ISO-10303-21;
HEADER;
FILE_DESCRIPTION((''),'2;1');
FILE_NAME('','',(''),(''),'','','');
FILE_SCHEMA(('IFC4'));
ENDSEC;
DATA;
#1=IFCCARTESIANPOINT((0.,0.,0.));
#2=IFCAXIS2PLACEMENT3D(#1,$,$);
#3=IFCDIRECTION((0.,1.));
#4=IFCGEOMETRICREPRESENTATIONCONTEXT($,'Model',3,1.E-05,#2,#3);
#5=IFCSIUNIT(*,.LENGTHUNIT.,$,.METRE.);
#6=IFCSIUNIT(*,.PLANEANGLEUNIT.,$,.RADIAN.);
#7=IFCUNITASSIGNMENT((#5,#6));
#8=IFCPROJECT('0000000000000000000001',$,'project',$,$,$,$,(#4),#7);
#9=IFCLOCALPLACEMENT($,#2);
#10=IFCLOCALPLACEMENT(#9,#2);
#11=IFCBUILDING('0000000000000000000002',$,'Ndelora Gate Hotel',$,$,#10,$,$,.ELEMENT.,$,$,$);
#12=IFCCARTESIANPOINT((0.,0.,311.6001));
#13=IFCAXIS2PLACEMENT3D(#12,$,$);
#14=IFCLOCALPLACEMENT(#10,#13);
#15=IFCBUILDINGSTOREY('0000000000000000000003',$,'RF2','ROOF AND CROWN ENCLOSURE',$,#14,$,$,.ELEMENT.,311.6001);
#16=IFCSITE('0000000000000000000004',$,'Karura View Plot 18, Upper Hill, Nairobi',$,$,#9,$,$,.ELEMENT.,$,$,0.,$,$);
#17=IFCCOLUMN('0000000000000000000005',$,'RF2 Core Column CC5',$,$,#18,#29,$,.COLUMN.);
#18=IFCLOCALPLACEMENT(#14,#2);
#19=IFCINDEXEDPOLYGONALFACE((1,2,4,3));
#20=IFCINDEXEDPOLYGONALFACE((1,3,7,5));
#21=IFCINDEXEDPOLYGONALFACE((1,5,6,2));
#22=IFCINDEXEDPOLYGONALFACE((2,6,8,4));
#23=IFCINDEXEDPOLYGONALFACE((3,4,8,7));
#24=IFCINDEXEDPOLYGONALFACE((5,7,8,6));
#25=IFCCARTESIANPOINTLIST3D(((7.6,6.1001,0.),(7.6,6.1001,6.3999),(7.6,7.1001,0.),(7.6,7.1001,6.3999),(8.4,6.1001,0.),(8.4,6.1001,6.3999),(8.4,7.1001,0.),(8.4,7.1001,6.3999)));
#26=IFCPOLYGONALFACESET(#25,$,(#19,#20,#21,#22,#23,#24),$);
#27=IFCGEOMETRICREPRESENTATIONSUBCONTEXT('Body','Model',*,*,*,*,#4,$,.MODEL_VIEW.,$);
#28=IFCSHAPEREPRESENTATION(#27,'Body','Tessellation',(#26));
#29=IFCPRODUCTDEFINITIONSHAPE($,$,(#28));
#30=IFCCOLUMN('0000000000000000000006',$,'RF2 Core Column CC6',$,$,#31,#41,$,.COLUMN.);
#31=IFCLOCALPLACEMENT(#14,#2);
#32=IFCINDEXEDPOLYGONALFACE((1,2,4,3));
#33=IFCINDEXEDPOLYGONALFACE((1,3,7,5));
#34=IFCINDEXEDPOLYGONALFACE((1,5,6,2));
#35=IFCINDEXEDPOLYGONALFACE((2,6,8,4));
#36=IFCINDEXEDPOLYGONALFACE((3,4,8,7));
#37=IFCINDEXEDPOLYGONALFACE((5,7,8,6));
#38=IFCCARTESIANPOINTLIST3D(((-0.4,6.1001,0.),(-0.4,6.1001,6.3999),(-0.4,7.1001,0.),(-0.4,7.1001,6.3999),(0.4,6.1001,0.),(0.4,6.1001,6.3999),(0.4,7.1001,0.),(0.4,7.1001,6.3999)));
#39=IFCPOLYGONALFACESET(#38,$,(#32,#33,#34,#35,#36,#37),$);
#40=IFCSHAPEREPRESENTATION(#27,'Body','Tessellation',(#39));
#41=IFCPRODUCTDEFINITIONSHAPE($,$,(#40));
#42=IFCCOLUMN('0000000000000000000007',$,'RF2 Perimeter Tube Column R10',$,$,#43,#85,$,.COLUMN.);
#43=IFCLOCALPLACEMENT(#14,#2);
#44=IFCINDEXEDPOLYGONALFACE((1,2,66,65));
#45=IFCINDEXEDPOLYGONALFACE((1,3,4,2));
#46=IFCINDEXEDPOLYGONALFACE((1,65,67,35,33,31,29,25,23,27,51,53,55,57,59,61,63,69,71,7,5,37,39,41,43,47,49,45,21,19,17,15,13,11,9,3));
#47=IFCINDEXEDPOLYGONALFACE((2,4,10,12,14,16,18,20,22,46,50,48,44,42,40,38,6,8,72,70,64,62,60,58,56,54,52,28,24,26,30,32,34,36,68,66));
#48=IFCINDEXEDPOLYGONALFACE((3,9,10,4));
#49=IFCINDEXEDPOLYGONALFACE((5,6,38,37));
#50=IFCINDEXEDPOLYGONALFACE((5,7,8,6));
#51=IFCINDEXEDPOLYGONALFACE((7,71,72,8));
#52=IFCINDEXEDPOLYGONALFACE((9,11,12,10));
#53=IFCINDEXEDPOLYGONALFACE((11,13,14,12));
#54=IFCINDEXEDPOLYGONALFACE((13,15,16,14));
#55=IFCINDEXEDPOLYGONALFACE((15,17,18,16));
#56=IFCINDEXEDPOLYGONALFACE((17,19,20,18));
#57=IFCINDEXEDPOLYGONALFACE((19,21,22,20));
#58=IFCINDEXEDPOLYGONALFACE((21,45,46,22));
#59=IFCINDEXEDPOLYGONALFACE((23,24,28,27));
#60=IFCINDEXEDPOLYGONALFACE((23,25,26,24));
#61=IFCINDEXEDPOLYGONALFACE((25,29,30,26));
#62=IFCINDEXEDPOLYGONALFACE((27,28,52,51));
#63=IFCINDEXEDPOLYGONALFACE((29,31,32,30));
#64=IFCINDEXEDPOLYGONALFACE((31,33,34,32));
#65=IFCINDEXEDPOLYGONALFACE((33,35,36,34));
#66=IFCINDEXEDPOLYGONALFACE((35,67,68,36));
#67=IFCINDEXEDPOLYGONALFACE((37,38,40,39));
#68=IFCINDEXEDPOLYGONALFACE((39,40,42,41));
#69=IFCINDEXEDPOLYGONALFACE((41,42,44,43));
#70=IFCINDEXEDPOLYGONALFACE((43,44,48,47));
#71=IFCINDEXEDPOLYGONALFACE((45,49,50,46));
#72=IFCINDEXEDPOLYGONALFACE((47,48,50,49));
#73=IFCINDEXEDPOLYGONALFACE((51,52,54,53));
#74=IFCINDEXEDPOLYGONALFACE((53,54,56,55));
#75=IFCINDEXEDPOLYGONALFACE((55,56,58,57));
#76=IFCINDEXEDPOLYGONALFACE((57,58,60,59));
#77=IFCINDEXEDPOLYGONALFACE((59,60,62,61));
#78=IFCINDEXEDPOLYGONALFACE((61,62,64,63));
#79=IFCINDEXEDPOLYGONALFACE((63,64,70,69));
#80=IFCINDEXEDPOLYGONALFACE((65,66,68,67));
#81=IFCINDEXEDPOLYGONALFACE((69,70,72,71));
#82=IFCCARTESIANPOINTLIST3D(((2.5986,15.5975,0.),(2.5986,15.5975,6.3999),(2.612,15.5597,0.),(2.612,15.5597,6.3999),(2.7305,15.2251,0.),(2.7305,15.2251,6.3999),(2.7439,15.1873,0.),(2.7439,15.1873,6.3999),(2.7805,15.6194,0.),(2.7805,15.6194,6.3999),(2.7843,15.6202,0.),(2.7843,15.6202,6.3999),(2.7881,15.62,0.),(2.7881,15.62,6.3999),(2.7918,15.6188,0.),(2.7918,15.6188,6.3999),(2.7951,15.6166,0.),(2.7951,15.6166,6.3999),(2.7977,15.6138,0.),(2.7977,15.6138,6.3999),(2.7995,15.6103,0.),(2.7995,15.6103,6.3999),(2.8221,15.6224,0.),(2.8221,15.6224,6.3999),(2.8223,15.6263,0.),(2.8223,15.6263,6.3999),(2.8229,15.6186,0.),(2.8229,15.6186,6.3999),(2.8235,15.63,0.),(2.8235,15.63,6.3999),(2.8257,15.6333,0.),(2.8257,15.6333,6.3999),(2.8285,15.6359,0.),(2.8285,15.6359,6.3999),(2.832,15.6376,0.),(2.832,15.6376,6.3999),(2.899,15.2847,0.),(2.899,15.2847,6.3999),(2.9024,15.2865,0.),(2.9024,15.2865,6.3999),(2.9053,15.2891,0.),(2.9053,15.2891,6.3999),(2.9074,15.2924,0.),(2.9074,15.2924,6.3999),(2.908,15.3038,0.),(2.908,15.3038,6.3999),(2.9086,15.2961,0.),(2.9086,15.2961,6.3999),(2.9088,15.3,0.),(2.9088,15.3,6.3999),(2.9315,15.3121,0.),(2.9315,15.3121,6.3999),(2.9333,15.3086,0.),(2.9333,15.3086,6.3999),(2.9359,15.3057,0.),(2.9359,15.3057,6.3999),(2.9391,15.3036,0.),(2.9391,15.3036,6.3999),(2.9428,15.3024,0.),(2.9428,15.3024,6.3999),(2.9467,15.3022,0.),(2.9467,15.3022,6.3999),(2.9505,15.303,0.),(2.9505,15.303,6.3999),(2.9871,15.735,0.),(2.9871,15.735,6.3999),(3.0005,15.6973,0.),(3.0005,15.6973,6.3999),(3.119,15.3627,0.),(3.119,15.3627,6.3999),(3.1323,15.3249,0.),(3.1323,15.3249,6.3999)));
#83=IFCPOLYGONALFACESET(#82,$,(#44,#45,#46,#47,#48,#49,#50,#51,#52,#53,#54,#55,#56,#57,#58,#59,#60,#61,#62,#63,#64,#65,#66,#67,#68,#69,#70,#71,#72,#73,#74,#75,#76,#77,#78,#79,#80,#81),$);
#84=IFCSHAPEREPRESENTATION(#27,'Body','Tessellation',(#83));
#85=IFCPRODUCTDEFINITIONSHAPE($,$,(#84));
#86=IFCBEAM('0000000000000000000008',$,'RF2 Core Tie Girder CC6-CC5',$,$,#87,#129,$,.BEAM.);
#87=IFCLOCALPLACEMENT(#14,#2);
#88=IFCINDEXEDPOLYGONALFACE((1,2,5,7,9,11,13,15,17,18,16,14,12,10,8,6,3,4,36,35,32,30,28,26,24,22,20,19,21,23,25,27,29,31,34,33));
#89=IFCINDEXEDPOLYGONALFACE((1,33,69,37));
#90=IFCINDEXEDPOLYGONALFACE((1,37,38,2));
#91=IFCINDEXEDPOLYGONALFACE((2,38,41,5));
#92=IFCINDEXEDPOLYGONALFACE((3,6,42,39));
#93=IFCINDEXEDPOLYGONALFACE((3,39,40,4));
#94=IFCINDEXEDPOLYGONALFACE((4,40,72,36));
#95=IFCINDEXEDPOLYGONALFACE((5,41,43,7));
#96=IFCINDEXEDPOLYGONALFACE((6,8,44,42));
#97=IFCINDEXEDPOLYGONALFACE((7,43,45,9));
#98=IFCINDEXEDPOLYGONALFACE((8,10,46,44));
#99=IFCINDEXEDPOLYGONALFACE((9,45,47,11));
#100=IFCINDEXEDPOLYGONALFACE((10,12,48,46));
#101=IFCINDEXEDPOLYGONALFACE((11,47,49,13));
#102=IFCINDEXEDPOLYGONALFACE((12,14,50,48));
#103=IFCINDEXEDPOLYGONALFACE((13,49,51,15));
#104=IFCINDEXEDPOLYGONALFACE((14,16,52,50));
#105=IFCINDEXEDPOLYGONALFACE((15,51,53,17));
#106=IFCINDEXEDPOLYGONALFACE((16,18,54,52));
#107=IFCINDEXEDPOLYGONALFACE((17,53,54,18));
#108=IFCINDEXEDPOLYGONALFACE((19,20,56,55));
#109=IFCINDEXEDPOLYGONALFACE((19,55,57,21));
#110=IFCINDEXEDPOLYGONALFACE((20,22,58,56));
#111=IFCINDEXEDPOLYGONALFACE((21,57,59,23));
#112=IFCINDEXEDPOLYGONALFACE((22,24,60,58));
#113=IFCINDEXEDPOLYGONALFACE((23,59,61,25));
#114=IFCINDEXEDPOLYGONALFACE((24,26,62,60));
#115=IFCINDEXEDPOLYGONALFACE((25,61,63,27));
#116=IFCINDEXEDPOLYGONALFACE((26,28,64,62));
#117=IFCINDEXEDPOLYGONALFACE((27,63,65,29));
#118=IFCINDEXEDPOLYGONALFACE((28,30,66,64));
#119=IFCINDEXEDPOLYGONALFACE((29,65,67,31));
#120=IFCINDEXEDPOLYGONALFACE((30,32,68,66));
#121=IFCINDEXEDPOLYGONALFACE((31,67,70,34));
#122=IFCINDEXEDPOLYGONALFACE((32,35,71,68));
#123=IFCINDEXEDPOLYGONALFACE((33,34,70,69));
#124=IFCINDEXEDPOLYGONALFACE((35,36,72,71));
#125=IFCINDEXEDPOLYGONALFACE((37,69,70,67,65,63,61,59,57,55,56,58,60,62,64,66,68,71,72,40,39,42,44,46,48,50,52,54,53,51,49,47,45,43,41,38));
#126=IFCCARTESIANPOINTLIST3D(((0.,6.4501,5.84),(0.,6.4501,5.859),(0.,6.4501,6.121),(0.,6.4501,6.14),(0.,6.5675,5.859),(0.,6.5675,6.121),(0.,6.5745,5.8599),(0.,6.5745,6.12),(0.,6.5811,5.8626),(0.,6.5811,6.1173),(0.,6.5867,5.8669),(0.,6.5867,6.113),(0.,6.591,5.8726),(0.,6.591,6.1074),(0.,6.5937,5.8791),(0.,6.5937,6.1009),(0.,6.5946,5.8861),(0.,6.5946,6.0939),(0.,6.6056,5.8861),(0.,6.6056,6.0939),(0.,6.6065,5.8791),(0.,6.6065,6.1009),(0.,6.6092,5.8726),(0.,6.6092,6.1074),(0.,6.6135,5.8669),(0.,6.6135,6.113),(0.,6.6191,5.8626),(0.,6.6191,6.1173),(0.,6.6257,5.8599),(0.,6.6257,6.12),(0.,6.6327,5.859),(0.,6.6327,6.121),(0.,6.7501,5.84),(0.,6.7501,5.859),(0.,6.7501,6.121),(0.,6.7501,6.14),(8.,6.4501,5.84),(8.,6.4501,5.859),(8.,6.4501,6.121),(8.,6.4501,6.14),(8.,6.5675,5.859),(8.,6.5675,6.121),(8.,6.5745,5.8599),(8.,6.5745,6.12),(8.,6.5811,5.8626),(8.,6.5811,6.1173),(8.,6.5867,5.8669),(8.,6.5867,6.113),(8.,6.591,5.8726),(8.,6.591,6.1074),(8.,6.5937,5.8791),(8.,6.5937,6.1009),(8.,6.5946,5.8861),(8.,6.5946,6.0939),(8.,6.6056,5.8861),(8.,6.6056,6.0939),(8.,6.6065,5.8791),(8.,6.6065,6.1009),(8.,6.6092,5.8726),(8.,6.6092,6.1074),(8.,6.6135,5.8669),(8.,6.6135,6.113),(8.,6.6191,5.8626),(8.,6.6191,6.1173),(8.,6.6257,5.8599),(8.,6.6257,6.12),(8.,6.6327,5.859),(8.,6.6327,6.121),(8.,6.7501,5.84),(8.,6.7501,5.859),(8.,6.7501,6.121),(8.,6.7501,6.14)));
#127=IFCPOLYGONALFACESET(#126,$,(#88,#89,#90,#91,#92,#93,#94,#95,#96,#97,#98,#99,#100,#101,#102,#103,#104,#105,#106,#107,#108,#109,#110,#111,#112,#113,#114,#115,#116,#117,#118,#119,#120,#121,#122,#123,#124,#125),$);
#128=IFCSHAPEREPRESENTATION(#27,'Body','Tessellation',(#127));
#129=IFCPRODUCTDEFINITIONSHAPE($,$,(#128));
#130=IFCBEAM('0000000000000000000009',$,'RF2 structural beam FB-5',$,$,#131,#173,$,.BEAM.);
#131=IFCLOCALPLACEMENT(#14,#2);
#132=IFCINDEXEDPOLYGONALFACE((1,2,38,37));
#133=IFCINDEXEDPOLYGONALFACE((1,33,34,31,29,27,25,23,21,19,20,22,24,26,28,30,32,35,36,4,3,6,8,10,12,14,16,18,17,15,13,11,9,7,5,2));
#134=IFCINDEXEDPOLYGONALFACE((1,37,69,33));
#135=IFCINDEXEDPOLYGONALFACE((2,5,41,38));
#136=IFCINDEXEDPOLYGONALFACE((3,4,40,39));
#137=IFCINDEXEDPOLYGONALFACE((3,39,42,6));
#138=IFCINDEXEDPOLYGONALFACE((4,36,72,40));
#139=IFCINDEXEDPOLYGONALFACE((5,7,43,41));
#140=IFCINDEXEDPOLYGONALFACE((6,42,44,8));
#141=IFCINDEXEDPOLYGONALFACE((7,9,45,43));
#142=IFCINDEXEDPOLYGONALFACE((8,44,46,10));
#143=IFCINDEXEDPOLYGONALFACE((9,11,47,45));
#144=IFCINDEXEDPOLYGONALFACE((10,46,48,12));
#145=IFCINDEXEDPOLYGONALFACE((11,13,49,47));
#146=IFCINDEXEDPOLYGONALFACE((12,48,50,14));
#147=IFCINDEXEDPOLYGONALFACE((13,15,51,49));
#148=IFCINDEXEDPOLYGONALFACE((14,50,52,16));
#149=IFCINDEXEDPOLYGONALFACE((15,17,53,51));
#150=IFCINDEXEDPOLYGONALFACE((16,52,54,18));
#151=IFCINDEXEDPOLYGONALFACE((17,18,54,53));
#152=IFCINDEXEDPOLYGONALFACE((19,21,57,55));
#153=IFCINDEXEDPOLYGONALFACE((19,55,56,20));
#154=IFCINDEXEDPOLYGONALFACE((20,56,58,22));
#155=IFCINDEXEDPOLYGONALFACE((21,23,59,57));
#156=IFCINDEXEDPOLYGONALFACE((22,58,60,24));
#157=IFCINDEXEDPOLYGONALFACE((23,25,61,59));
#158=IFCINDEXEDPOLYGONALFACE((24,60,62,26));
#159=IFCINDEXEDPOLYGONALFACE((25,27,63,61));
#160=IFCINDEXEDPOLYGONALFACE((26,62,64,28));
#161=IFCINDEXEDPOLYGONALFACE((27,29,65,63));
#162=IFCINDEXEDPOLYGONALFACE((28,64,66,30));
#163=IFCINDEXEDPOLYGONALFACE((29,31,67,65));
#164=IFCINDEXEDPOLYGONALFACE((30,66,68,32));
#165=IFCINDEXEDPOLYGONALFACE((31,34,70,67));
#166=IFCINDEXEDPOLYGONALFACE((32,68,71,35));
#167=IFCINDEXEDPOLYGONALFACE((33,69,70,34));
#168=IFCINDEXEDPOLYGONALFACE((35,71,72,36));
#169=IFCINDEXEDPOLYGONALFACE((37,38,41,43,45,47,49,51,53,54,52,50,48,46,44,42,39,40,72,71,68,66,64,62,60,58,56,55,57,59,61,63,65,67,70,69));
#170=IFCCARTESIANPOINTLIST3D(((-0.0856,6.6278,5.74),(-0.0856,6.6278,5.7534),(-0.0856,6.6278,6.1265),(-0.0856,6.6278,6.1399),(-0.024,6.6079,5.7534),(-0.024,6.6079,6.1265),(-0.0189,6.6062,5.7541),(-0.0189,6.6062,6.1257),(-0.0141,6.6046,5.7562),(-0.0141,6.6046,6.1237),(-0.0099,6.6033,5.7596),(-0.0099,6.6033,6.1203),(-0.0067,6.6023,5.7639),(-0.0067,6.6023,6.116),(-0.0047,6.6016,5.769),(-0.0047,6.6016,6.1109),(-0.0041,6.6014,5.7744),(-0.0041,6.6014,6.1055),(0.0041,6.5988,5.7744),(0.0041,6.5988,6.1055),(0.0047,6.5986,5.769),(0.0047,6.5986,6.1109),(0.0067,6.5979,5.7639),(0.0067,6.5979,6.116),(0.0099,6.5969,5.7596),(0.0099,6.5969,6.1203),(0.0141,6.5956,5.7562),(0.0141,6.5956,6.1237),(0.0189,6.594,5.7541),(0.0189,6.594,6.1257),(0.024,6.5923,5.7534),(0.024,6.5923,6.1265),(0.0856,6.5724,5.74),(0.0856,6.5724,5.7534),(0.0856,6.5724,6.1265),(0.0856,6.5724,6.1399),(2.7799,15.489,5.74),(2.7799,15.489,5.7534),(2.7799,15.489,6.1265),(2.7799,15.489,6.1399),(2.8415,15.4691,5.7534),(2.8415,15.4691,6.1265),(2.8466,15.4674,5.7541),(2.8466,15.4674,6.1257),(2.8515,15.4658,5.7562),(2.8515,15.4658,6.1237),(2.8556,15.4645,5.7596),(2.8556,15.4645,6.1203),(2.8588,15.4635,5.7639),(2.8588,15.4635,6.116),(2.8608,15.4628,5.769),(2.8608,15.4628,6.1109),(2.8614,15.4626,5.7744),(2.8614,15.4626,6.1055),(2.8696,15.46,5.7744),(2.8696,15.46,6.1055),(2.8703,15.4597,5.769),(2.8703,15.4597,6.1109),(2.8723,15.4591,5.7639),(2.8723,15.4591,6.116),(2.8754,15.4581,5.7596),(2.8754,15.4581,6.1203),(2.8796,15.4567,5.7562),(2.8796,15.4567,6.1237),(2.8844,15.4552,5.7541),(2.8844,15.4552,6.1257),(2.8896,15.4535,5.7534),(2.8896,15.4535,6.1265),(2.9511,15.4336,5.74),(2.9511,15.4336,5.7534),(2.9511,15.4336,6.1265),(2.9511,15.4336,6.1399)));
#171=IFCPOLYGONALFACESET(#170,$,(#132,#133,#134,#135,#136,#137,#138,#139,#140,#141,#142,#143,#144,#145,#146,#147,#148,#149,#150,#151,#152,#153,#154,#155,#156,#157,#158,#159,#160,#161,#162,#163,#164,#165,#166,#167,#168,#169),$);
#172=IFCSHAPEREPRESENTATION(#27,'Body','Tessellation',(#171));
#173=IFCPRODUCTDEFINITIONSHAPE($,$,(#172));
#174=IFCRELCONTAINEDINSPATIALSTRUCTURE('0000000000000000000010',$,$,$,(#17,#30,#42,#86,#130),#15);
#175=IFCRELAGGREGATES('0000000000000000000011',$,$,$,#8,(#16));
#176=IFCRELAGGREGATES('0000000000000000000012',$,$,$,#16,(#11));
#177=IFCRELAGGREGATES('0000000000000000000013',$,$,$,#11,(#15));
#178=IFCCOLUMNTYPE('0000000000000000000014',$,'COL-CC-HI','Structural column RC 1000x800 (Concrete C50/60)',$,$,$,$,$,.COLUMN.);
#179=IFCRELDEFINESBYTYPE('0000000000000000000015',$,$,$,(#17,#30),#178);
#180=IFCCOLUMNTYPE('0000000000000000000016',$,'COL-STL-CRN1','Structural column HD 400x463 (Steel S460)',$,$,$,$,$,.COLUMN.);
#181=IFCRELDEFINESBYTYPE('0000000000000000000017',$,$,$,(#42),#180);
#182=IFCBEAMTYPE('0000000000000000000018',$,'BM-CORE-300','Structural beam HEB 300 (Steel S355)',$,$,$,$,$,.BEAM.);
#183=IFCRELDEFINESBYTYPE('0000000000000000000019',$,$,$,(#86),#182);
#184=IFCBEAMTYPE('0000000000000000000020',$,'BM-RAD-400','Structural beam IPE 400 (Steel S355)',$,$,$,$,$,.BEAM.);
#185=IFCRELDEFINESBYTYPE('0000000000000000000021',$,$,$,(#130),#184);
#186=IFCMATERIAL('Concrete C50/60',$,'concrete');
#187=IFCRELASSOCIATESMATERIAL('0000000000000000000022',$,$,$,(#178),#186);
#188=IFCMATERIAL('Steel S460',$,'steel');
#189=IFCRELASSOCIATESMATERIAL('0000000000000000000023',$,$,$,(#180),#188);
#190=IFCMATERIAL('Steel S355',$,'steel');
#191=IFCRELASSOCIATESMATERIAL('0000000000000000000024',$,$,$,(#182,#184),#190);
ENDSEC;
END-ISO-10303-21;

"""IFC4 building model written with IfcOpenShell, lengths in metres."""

from ifc_helpers import new_model, si_unit, direction, frame, origin, origin_2d, place, context, subcontext, project, spatial, rectangle, i_section, extrude, material, material_profile, profile_set, type_object, element, save


model = new_model("IFC4")

# Units and contexts
model_context = context("Model", 3, precision=1e-05, world=origin(), true_north=direction((0.0, 1.0)))
body_context = subcontext(model_context, "Body", "Model", "MODEL_VIEW")
ifc_project = project(units=[si_unit("LENGTHUNIT", "METRE"), si_unit("PLANEANGLEUNIT", "RADIAN")], contexts=[model_context])

# Site, building, storey
site_placement = place(None, origin())
site = spatial("IfcSite", under=ifc_project, at=site_placement, Name="Karura View Plot 18, Upper Hill, Nairobi", CompositionType="ELEMENT", RefElevation=0.0)
building_placement = place(site_placement, origin())
building = spatial("IfcBuilding", under=site, at=building_placement, Name="Ndelora Gate Hotel", CompositionType="ELEMENT")
storey_placement = place(building_placement, frame((0.0, 0.0, 311.6001)))
storey = spatial("IfcBuildingStorey", under=building, at=storey_placement, Name="RF2", Description="ROOF AND CROWN ENCLOSURE", CompositionType="ELEMENT", Elevation=311.6001)

# Columns
ifc_material_1 = material(Name="Concrete C50/60", Category="concrete")
ifc_material_profile_1 = material_profile(ifc_material_1, rectangle(XDim=0.8, YDim=1.0, at=origin_2d()), Name="RC 1000x800")
ifc_profile_set_1 = profile_set([ifc_material_profile_1], Name="Concrete C50/60")
column_type_1 = type_object("IfcColumnType", Name="COL-CC-HI", Description="Structural column RC 1000x800 (Concrete C50/60)", PredefinedType="COLUMN", material=ifc_profile_set_1)
for number, where, z_axis, x_axis, name in (
    (1, (8.0, 6.6001, 0.0), (0.0, 0.0, 1.0), (1.0, 0.0, 0.0), "RF2 Core Column CC5"),
    (2, (0.0, 6.6001, 0.0), (0.0, 0.0, 1.0), (1.0, 0.0, 0.0), "RF2 Core Column CC6"),
):
    element("IfcColumn", number, at=place(storey_placement, frame(where, z_axis=z_axis, x_axis=x_axis)), inside=storey, type_object=column_type_1, Name=name, PredefinedType="COLUMN", context=body_context, shape_type="SweptSolid", body=[
        extrude(rectangle(XDim=0.8, YDim=1.0, at=origin_2d()), origin(), (0.0, 0.0, 1.0), 6.3999),
    ])
ifc_material_2 = material(Name="Steel S460", Category="steel")
ifc_material_profile_2 = material_profile(ifc_material_2, i_section(OverallWidth=0.4121, OverallDepth=0.4351, WebThickness=0.0249, FlangeThickness=0.04, FilletRadius=0.0149, at=origin_2d()), Name="HD 400x463")
ifc_profile_set_2 = profile_set([ifc_material_profile_2], Name="Steel S460")
column_type_2 = type_object("IfcColumnType", Name="COL-STL-CRN1", Description="Structural column HD 400x463 (Steel S460)", PredefinedType="COLUMN", material=ifc_profile_set_2)
column_placement = place(storey_placement, frame((2.8655, 15.4612, 0.0), z_axis=(0.0, 0.0, 1.0), x_axis=(0.942641, 0.333807, 0.0)))
element("IfcColumn", 3, at=column_placement, inside=storey, type_object=column_type_2, Name="RF2 Perimeter Tube Column R10", PredefinedType="COLUMN", context=body_context, shape_type="SweptSolid", body=[
    extrude(i_section(OverallWidth=0.4121, OverallDepth=0.4351, WebThickness=0.0249, FlangeThickness=0.04, FilletRadius=0.0149, at=origin_2d()), origin(), (0.0, 0.0, 1.0), 6.3999),
])

# Beams
ifc_material_3 = material(Name="Steel S355", Category="steel")
ifc_material_profile_3 = material_profile(ifc_material_3, i_section(OverallWidth=0.3, OverallDepth=0.3, WebThickness=0.011, FlangeThickness=0.019, FilletRadius=0.0271, at=origin_2d()), Name="HEB 300")
ifc_profile_set_3 = profile_set([ifc_material_profile_3], Name="Steel S355")
beam_type_1 = type_object("IfcBeamType", Name="BM-CORE-300", Description="Structural beam HEB 300 (Steel S355)", PredefinedType="BEAM", material=ifc_profile_set_3)
beam_1_placement = place(storey_placement, frame((0.0, 6.6001, 5.99), z_axis=(1.0, 0.0, 0.0), x_axis=(0.0, 1.0, 0.0)))
element("IfcBeam", 4, at=beam_1_placement, inside=storey, type_object=beam_type_1, Name="RF2 Core Tie Girder CC6-CC5", PredefinedType="BEAM", context=body_context, shape_type="SweptSolid", body=[
    extrude(i_section(OverallWidth=0.3, OverallDepth=0.3, WebThickness=0.011, FlangeThickness=0.019, FilletRadius=0.0271, at=origin_2d()), origin(), (0.0, 0.0, 1.0), 8.0),
])
ifc_material_profile_4 = material_profile(ifc_material_3, i_section(OverallWidth=0.1799, OverallDepth=0.3999, WebThickness=0.0085, FlangeThickness=0.0134, FilletRadius=0.021, at=origin_2d()), Name="IPE 400")
ifc_profile_set_4 = profile_set([ifc_material_profile_4], Name="Steel S355")
beam_type_2 = type_object("IfcBeamType", Name="BM-RAD-400", Description="Structural beam IPE 400 (Steel S355)", PredefinedType="BEAM", material=ifc_profile_set_4)
beam_2_placement = place(storey_placement, frame((0.0, 6.6001, 5.9399), z_axis=(0.30769, 0.951487, 0.0), x_axis=(-0.951487, 0.30769, 0.0)))
element("IfcBeam", 5, at=beam_2_placement, inside=storey, type_object=beam_type_2, Name="RF2 structural beam FB-5", PredefinedType="BEAM", context=body_context, shape_type="SweptSolid", body=[
    extrude(i_section(OverallWidth=0.1799, OverallDepth=0.3999, WebThickness=0.0085, FlangeThickness=0.0134, FilletRadius=0.021, at=origin_2d()), origin(), (0.0, 0.0, 1.0), 9.313),
])

save(model, "model.ifc")
